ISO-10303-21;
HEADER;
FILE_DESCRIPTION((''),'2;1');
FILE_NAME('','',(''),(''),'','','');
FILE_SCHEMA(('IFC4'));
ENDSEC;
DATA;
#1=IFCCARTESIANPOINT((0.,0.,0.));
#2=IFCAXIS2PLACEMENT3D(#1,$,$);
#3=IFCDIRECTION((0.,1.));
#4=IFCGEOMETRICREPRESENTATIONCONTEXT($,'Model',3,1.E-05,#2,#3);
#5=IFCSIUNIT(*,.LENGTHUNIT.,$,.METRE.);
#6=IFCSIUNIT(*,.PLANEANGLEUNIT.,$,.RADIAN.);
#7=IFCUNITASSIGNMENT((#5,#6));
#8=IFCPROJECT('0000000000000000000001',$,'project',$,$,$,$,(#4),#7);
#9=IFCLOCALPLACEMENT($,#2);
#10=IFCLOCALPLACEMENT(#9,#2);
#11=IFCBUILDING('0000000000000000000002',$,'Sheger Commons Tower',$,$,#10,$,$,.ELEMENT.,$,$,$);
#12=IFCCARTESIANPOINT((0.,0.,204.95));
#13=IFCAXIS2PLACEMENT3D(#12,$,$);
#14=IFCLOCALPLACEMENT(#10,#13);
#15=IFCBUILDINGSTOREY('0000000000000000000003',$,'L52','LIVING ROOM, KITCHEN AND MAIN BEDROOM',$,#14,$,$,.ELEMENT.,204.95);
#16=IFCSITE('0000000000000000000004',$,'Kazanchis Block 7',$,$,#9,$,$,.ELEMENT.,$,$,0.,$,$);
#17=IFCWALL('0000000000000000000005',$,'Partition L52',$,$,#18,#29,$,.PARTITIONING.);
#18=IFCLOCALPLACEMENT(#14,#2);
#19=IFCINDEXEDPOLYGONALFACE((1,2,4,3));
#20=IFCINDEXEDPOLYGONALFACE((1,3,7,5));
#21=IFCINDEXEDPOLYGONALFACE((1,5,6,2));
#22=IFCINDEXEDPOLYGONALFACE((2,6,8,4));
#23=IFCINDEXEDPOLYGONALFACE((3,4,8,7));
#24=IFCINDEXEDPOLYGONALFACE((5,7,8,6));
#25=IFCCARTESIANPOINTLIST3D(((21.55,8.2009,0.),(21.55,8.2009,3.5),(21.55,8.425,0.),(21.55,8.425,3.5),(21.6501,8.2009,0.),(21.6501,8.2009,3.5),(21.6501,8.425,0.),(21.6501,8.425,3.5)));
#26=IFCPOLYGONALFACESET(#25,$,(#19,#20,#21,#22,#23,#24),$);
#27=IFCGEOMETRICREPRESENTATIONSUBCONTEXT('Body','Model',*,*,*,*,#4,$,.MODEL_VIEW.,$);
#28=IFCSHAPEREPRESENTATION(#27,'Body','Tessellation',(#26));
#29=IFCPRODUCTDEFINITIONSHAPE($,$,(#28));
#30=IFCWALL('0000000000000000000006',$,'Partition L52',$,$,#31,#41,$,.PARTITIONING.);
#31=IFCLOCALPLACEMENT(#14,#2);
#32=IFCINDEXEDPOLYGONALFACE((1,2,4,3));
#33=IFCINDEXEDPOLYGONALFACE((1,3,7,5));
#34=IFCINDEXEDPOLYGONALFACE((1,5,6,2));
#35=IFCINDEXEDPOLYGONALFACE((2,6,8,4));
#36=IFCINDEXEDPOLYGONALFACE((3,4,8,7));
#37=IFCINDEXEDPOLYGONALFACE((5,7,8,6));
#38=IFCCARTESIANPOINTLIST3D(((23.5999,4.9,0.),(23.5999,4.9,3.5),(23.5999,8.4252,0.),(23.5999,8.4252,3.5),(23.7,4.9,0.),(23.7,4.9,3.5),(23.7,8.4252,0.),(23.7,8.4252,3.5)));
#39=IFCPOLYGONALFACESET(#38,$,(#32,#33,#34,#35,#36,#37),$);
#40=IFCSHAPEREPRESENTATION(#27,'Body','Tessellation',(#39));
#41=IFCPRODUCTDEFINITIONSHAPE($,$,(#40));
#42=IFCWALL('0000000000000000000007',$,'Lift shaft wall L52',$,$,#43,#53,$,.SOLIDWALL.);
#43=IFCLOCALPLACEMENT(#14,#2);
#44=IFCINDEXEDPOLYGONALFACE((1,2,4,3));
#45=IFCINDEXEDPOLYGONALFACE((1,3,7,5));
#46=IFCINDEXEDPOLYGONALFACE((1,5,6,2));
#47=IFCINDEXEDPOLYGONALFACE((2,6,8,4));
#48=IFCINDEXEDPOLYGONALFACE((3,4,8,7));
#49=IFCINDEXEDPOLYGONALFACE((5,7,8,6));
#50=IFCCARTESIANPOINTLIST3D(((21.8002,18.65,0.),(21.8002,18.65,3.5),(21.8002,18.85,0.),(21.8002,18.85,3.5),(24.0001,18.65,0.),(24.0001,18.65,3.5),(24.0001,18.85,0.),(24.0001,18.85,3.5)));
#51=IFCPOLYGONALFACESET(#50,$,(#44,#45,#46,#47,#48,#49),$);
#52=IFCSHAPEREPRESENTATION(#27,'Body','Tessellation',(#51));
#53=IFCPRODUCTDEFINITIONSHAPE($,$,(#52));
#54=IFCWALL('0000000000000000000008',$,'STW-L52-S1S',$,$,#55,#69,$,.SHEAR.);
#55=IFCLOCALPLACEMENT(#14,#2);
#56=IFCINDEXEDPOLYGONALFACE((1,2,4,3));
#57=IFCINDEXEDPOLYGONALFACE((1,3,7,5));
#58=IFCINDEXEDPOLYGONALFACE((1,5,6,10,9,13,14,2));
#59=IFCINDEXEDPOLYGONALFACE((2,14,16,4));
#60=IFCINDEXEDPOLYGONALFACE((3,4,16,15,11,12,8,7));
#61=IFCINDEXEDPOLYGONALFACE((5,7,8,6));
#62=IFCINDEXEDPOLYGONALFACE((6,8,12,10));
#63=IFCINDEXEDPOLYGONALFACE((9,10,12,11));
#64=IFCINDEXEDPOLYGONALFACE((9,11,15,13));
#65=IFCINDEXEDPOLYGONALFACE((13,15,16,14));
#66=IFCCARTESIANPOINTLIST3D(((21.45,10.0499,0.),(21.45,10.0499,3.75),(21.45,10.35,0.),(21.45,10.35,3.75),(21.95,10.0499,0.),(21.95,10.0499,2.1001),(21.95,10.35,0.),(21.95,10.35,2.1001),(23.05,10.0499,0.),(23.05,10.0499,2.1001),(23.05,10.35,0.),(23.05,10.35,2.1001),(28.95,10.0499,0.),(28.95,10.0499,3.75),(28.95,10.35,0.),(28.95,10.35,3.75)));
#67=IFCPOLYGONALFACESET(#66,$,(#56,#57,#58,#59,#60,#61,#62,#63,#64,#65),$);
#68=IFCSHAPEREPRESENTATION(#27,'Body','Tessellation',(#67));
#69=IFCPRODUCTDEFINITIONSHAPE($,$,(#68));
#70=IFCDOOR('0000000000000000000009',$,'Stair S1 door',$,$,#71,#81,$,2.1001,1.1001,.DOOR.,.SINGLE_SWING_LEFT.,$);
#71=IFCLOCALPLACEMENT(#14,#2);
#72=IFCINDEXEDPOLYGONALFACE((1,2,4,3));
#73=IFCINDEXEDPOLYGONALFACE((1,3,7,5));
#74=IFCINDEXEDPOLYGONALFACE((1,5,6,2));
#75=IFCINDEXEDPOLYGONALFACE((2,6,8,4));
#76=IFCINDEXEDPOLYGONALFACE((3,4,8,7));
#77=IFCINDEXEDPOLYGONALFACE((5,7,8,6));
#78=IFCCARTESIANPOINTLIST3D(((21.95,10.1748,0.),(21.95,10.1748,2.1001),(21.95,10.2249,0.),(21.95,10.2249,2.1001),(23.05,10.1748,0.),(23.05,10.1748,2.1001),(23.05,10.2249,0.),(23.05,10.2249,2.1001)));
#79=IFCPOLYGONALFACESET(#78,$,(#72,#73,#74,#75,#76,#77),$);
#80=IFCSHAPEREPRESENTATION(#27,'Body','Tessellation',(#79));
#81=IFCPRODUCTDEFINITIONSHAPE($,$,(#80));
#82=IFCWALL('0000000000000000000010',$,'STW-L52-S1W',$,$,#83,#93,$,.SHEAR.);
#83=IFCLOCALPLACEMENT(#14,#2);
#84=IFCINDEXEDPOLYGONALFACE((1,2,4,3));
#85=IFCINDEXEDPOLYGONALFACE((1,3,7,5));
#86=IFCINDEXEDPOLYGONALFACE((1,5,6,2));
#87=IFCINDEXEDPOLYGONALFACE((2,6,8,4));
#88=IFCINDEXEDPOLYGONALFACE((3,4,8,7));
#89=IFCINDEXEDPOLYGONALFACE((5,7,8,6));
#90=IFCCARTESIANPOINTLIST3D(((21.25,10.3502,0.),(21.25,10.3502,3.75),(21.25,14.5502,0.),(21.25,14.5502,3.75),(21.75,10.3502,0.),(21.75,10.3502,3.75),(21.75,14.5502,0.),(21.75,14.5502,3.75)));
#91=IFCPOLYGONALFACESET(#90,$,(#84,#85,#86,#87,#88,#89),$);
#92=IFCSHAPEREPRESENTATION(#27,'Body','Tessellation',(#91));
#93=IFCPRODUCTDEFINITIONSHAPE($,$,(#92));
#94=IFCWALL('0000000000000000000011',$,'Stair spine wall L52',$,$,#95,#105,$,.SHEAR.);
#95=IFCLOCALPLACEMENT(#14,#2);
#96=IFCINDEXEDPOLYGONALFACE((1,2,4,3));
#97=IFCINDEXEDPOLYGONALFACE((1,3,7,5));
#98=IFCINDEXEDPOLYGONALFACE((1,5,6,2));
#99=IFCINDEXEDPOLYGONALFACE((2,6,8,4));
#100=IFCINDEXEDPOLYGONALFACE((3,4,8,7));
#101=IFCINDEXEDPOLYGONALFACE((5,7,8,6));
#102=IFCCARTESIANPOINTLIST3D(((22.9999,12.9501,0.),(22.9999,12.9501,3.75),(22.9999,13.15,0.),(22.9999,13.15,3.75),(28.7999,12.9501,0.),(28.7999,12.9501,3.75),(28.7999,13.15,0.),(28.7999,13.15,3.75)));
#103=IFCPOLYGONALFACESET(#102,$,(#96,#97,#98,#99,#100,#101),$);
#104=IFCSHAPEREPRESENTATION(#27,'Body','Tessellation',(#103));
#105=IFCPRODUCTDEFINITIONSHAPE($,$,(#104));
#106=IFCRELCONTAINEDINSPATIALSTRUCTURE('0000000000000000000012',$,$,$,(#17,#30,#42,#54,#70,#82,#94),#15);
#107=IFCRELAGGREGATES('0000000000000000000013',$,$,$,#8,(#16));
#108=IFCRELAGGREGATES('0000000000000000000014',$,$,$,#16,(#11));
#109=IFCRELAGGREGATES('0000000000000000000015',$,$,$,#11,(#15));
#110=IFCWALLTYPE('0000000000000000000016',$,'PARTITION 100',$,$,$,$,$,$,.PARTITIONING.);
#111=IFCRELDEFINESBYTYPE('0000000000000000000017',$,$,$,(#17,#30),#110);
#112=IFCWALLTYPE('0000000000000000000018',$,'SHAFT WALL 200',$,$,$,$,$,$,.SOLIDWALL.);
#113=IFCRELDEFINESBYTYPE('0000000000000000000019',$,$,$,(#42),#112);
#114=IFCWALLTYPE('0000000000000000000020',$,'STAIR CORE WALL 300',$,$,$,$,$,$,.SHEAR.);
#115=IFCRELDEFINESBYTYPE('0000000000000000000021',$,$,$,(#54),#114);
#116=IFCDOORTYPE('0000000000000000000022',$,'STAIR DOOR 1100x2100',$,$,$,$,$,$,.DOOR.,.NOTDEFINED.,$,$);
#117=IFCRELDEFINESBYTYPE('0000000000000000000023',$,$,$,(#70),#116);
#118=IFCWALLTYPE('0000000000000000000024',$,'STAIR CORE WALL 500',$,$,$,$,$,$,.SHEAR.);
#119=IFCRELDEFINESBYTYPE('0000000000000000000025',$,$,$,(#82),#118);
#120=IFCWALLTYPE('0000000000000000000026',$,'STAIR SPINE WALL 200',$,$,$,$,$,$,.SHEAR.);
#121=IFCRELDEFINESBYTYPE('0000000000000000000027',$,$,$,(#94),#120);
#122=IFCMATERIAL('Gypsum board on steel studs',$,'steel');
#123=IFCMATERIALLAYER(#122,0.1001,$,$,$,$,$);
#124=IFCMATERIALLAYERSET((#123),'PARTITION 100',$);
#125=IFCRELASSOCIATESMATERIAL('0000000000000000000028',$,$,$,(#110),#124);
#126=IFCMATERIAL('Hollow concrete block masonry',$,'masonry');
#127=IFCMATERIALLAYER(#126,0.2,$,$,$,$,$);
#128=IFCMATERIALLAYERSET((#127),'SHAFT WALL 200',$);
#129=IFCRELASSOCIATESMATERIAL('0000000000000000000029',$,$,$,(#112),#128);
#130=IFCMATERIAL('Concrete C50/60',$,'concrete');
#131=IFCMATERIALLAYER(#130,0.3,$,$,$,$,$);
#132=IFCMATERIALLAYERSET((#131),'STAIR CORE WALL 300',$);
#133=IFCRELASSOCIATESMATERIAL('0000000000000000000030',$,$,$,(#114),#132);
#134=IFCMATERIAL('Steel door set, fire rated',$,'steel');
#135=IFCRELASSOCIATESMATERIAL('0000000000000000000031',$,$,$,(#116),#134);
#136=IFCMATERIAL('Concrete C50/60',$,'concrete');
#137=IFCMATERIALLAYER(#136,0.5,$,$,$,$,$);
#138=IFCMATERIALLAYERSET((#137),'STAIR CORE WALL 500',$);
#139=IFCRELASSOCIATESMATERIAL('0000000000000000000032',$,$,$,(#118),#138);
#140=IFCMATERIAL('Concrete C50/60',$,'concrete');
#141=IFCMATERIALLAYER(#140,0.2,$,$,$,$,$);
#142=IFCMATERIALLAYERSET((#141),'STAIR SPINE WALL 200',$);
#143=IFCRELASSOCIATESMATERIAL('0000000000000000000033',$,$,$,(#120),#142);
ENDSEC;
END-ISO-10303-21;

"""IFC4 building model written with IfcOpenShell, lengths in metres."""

from ifc_helpers import new_model, si_unit, direction, frame, frame_2d, origin, place, context, subcontext, project, spatial, rectangle, extrude, material, layer, layer_set, type_object, element, fill, save


model = new_model("IFC4")

# Units and contexts
model_context = context("Model", 3, precision=1e-05, world=origin(), true_north=direction((0.0, 1.0)))
body_context = subcontext(model_context, "Body", "Model", "MODEL_VIEW")
ifc_project = project(units=[si_unit("LENGTHUNIT", "METRE"), si_unit("PLANEANGLEUNIT", "RADIAN")], contexts=[model_context])

# Site, building, storey
site_placement = place(None, origin())
site = spatial("IfcSite", under=ifc_project, at=site_placement, Name="Kazanchis Block 7", CompositionType="ELEMENT", RefElevation=0.0)
building_placement = place(site_placement, origin())
building = spatial("IfcBuilding", under=site, at=building_placement, Name="Sheger Commons Tower", CompositionType="ELEMENT")
storey_placement = place(building_placement, frame((0.0, 0.0, 204.95)))
storey = spatial("IfcBuildingStorey", under=building, at=storey_placement, Name="L52", Description="LIVING ROOM, KITCHEN AND MAIN BEDROOM", CompositionType="ELEMENT", Elevation=204.95)

# Walls
ifc_material_1 = material(Name="Gypsum board on steel studs", Category="steel")
ifc_layer_1 = layer(ifc_material_1, 0.1001)
ifc_layer_set_1 = layer_set([ifc_layer_1], Name="PARTITION 100")
wall_type_1 = type_object("IfcWallType", Name="PARTITION 100", PredefinedType="PARTITIONING", material=ifc_layer_set_1)
wall_1_placement = place(storey_placement, frame((21.6001, 8.2009, 0.0), z_axis=(0.0, 0.0, 1.0), x_axis=(0.0, 1.0, 0.0)))
element("IfcWall", 1, at=wall_1_placement, inside=storey, type_object=wall_type_1, Name="Partition L52", PredefinedType="PARTITIONING", context=body_context, shape_type="SweptSolid", body=[
    extrude(rectangle(XDim=0.2241, YDim=0.1001, at=frame_2d((0.1121, 0.0))), origin(), (0.0, 0.0, 1.0), 3.5),
])
wall_2_placement = place(storey_placement, frame((23.6499, 4.8999, 0.0), z_axis=(0.0, 0.0, 1.0), x_axis=(0.0, 1.0, 0.0)))
element("IfcWall", 2, at=wall_2_placement, inside=storey, type_object=wall_type_1, Name="Partition L52", PredefinedType="PARTITIONING", context=body_context, shape_type="SweptSolid", body=[
    extrude(rectangle(XDim=3.5251, YDim=0.1001, at=frame_2d((1.7627, 0.0))), origin(), (0.0, 0.0, 1.0), 3.5),
])
ifc_material_2 = material(Name="Hollow concrete block masonry", Category="masonry")
ifc_layer_2 = layer(ifc_material_2, 0.2)
ifc_layer_set_2 = layer_set([ifc_layer_2], Name="SHAFT WALL 200")
wall_type_2 = type_object("IfcWallType", Name="SHAFT WALL 200", PredefinedType="SOLIDWALL", material=ifc_layer_set_2)
wall_3_placement = place(storey_placement, frame((21.8, 18.75, 0.0), z_axis=(0.0, 0.0, 1.0), x_axis=(1.0, 0.0, 0.0)))
element("IfcWall", 3, at=wall_3_placement, inside=storey, type_object=wall_type_2, Name="Lift shaft wall L52", PredefinedType="SOLIDWALL", context=body_context, shape_type="SweptSolid", body=[
    extrude(rectangle(XDim=2.2, YDim=0.2, at=frame_2d((1.1001, 0.0))), origin(), (0.0, 0.0, 1.0), 3.5),
])

# Wall, opening, door
ifc_material_3 = material(Name="Concrete C50/60", Category="concrete")
ifc_layer_3 = layer(ifc_material_3, 0.3)
ifc_layer_set_3 = layer_set([ifc_layer_3], Name="STAIR CORE WALL 300")
wall_type_3 = type_object("IfcWallType", Name="STAIR CORE WALL 300", PredefinedType="SHEAR", material=ifc_layer_set_3)
wall_4_placement = place(storey_placement, frame((21.45, 10.2, 0.0), z_axis=(0.0, 0.0, 1.0), x_axis=(1.0, 0.0, 0.0)))
wall_4 = element("IfcWall", 4, at=wall_4_placement, inside=storey, type_object=wall_type_3, Name="STW-L52-S1S", PredefinedType="SHEAR", context=body_context, shape_type="SweptSolid", body=[
    extrude(rectangle(XDim=7.5, YDim=0.3, at=frame_2d((3.75, 0.0))), origin(), (0.0, 0.0, 1.0), 3.75),
])
opening_1_placement = place(wall_4_placement, frame((0.5, 0.0, 0.0)))
opening_1 = element("IfcOpeningElement", 5, at=opening_1_placement, cuts=wall_4, PredefinedType="OPENING", context=body_context, shape_type="SweptSolid", body=[
    extrude(rectangle(XDim=1.1001, YDim=2.1001, at=frame_2d((0.55, 1.05))), frame((0.0, 0.1599, 0.0), z_axis=(0.0, -1.0, 0.0), x_axis=(1.0, 0.0, 0.0)), (0.0, 0.0, 1.0), 0.3201),
])
ifc_material_4 = material(Name="Steel door set, fire rated", Category="steel")
door_type_1 = type_object("IfcDoorType", Name="STAIR DOOR 1100x2100", OperationType="NOTDEFINED", PredefinedType="DOOR", material=ifc_material_4)
door_1_placement = place(opening_1_placement, origin())
door_1 = element("IfcDoor", 6, at=door_1_placement, inside=storey, type_object=door_type_1, Name="Stair S1 door", OperationType="SINGLE_SWING_LEFT", OverallHeight=2.1001, OverallWidth=1.1001, PredefinedType="DOOR", context=body_context, shape_type="SweptSolid", body=[
    extrude(rectangle(XDim=1.1001, YDim=2.1001, at=frame_2d((0.55, 1.05))), frame((0.0, 0.0249, 0.0), z_axis=(0.0, -1.0, 0.0), x_axis=(1.0, 0.0, 0.0)), (0.0, 0.0, 1.0), 0.05),
])
fill(opening_1, door_1)

# Walls
ifc_material_5 = material(Name="Concrete C50/60", Category="concrete")
ifc_layer_4 = layer(ifc_material_5, 0.5)
ifc_layer_set_4 = layer_set([ifc_layer_4], Name="STAIR CORE WALL 500")
wall_type_4 = type_object("IfcWallType", Name="STAIR CORE WALL 500", PredefinedType="SHEAR", material=ifc_layer_set_4)
wall_5_placement = place(storey_placement, frame((21.5, 10.3501, 0.0), z_axis=(0.0, 0.0, 1.0), x_axis=(0.0, 1.0, 0.0)))
element("IfcWall", 7, at=wall_5_placement, inside=storey, type_object=wall_type_4, Name="STW-L52-S1W", PredefinedType="SHEAR", context=body_context, shape_type="SweptSolid", body=[
    extrude(rectangle(XDim=4.2, YDim=0.5, at=frame_2d((2.1001, 0.0))), origin(), (0.0, 0.0, 1.0), 3.75),
])
ifc_material_6 = material(Name="Concrete C50/60", Category="concrete")
ifc_layer_5 = layer(ifc_material_6, 0.2)
ifc_layer_set_5 = layer_set([ifc_layer_5], Name="STAIR SPINE WALL 200")
wall_type_5 = type_object("IfcWallType", Name="STAIR SPINE WALL 200", PredefinedType="SHEAR", material=ifc_layer_set_5)
wall_6_placement = place(storey_placement, frame((23.0, 13.05, 0.0), z_axis=(0.0, 0.0, 1.0), x_axis=(1.0, 0.0, 0.0)))
element("IfcWall", 8, at=wall_6_placement, inside=storey, type_object=wall_type_5, Name="Stair spine wall L52", PredefinedType="SHEAR", context=body_context, shape_type="SweptSolid", body=[
    extrude(rectangle(XDim=5.8, YDim=0.2, at=frame_2d((2.8999, 0.0))), origin(), (0.0, 0.0, 1.0), 3.75),
])

save(model, "model.ifc")
